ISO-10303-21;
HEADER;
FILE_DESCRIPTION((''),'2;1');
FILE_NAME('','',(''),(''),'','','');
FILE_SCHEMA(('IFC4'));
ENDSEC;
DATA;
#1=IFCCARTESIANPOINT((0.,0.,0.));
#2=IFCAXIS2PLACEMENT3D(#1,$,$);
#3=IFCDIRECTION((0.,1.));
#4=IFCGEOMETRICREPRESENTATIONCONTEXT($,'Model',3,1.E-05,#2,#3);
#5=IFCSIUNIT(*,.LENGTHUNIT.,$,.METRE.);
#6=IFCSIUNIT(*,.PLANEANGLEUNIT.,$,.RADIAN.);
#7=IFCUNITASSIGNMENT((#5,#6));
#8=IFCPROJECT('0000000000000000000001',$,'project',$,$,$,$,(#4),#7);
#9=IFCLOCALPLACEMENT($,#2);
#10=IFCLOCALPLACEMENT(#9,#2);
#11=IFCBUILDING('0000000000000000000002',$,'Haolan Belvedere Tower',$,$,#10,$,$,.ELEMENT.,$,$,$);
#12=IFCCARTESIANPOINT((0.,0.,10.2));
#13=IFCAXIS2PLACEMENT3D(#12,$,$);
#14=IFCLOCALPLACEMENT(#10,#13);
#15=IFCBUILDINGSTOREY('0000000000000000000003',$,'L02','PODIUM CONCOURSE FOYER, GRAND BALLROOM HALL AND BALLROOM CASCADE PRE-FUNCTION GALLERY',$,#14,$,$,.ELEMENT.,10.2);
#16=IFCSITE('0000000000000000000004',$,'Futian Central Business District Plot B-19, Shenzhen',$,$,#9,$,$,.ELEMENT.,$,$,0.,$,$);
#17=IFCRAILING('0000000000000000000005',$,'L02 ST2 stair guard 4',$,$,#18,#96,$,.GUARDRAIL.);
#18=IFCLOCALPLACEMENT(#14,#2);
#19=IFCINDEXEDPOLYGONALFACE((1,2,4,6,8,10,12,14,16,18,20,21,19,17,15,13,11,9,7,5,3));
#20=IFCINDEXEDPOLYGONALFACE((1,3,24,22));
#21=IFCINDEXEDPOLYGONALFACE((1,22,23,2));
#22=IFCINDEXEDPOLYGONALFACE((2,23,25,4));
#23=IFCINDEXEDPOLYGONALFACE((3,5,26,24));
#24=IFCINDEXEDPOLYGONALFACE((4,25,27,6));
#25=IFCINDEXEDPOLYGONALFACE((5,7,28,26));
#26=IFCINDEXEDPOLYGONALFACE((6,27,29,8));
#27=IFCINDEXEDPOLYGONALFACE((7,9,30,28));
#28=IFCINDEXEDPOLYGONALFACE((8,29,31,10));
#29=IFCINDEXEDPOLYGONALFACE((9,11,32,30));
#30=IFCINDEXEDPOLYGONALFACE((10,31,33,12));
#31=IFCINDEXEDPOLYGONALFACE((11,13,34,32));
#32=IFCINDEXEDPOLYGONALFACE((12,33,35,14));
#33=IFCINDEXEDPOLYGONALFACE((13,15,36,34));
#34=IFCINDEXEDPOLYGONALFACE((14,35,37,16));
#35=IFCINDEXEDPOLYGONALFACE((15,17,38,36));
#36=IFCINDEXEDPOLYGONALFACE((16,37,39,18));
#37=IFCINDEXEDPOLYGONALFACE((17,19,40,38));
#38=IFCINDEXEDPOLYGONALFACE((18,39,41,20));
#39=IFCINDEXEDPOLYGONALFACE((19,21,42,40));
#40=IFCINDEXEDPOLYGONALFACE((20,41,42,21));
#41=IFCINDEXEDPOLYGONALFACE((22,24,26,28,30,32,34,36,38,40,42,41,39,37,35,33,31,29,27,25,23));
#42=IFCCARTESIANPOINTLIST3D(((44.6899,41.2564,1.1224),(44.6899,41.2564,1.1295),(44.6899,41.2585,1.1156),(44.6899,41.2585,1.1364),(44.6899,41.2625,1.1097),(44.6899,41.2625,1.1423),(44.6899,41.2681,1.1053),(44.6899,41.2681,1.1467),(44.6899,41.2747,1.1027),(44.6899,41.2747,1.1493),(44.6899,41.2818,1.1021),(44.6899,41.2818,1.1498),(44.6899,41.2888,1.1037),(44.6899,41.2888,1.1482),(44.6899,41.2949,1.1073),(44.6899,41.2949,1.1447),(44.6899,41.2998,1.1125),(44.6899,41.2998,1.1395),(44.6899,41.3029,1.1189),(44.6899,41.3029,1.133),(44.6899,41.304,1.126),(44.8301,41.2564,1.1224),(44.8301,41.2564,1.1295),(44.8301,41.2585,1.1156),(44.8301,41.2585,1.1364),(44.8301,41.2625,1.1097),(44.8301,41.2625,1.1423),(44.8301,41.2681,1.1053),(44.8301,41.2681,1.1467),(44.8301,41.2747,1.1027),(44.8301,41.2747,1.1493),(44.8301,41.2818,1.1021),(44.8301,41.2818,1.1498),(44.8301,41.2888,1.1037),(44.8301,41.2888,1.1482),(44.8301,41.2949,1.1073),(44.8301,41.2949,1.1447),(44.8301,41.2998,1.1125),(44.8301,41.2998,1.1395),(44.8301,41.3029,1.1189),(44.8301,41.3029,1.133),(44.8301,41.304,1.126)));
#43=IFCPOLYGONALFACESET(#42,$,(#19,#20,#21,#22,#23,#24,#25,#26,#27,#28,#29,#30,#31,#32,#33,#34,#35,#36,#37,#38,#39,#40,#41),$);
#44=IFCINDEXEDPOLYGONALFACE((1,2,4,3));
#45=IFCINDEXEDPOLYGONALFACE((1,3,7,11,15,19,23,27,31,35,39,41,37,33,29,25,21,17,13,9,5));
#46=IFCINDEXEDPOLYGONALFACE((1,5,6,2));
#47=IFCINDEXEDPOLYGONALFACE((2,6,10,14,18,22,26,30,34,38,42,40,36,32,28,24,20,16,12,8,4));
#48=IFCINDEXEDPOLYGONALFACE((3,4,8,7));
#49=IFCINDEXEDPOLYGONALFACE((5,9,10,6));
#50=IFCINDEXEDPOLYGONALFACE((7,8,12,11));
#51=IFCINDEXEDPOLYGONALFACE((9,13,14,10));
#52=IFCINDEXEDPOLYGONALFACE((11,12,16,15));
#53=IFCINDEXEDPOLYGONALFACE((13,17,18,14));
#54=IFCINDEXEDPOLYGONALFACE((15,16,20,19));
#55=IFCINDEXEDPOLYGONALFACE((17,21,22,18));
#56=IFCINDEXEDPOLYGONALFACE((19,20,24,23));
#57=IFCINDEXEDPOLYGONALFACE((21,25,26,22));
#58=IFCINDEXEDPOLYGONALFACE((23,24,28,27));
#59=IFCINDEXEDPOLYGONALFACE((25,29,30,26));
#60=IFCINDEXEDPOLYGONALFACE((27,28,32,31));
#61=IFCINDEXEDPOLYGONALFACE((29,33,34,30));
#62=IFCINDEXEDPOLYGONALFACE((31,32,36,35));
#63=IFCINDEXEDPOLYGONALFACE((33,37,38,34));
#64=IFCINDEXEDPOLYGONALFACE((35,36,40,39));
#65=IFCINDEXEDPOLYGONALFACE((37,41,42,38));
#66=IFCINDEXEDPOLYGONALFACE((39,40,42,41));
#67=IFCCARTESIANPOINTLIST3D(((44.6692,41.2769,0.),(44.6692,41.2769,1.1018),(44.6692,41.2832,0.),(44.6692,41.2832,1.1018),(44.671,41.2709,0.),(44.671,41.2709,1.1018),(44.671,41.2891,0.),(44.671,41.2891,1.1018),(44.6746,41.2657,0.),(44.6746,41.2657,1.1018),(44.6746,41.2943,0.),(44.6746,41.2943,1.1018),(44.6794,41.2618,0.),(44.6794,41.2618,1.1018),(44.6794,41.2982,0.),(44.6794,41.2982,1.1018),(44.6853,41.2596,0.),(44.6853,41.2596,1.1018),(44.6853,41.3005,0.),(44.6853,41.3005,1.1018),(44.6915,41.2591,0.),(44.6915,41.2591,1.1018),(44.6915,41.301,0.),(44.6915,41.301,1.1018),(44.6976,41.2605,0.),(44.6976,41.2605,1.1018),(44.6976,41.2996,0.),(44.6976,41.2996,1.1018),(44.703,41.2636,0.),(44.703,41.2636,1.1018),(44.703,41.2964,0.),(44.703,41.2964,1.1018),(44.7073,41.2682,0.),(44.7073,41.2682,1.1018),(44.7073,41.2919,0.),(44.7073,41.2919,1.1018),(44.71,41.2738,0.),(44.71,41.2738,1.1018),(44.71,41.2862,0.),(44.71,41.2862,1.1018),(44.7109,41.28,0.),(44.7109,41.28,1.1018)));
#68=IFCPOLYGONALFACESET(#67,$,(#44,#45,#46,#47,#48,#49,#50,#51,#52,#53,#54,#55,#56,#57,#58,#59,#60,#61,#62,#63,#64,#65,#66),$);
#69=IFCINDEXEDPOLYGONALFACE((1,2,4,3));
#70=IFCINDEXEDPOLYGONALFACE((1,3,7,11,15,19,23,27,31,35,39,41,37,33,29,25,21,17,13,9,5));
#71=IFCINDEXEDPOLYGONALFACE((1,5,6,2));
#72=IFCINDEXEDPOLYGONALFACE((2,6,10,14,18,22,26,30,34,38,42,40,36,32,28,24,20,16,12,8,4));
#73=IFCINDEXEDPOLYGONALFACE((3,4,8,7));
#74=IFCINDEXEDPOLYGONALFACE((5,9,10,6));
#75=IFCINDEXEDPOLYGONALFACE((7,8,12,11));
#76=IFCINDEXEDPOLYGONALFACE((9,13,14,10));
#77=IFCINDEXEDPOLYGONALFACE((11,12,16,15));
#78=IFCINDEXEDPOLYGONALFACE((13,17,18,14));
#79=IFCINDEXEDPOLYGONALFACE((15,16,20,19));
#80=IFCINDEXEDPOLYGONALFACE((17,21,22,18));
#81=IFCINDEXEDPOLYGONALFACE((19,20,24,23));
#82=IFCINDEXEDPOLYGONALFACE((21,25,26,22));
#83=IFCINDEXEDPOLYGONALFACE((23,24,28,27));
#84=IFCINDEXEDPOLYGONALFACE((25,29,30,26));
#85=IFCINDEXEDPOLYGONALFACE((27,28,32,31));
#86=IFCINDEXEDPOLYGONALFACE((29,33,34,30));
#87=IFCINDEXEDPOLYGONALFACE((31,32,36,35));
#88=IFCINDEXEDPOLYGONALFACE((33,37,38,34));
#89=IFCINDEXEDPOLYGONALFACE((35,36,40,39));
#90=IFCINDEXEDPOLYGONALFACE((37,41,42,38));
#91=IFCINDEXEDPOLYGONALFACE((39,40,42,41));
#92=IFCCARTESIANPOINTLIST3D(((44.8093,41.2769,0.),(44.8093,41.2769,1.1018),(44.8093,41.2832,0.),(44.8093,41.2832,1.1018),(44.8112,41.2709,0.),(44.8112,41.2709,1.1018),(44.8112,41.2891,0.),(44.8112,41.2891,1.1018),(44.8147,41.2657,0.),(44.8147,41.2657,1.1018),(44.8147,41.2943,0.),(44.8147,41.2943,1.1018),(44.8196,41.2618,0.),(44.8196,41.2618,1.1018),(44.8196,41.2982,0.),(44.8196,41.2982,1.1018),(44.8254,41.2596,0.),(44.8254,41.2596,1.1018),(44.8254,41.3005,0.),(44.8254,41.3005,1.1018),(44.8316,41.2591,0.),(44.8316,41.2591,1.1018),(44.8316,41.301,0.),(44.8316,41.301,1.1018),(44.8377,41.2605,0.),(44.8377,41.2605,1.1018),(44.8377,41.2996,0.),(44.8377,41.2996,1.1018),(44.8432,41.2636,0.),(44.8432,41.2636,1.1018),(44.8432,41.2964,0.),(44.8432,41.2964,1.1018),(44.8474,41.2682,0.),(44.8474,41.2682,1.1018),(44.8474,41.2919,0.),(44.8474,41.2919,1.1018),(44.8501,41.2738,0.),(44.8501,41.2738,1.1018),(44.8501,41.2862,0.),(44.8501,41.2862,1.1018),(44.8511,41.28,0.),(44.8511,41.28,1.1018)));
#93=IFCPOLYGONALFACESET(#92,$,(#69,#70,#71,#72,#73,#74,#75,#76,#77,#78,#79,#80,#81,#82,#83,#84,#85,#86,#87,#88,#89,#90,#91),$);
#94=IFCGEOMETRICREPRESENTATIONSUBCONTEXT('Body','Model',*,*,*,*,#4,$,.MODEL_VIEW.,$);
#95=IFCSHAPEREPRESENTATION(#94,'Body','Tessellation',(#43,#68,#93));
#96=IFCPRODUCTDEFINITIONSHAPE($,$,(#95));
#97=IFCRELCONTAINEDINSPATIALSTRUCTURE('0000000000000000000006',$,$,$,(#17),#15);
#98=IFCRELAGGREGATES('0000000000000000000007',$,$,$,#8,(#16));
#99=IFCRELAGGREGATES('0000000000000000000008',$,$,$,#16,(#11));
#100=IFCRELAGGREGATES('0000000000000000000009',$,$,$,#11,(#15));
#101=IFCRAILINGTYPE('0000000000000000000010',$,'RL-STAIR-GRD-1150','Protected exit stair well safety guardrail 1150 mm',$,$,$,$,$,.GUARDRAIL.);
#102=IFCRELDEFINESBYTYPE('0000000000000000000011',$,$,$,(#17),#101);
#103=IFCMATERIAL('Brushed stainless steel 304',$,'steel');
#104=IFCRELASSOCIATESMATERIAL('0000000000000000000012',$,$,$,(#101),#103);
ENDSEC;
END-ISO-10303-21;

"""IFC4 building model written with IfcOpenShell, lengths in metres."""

from ifc_helpers import new_model, si_unit, direction, frame, origin, origin_2d, place, context, subcontext, project, spatial, circle, extrude, material, type_object, element, save


model = new_model("IFC4")

# Units and contexts
model_context = context("Model", 3, precision=1e-05, world=origin(), true_north=direction((0.0, 1.0)))
body_context = subcontext(model_context, "Body", "Model", "MODEL_VIEW")
ifc_project = project(units=[si_unit("LENGTHUNIT", "METRE"), si_unit("PLANEANGLEUNIT", "RADIAN")], contexts=[model_context])

# Site, building, storey
site_placement = place(None, origin())
site = spatial("IfcSite", under=ifc_project, at=site_placement, Name="Futian Central Business District Plot B-19, Shenzhen", CompositionType="ELEMENT", RefElevation=0.0)
building_placement = place(site_placement, origin())
building = spatial("IfcBuilding", under=site, at=building_placement, Name="Haolan Belvedere Tower", CompositionType="ELEMENT")
storey_placement = place(building_placement, frame((0.0, 0.0, 10.2)))
storey = spatial("IfcBuildingStorey", under=building, at=storey_placement, Name="L02", Description="PODIUM CONCOURSE FOYER, GRAND BALLROOM HALL AND BALLROOM CASCADE PRE-FUNCTION GALLERY", CompositionType="ELEMENT", Elevation=10.2)

# Railing
ifc_material_1 = material(Name="Brushed stainless steel 304", Category="steel")
railing_type_1 = type_object("IfcRailingType", Name="RL-STAIR-GRD-1150", Description="Protected exit stair well safety guardrail 1150 mm", PredefinedType="GUARDRAIL", material=ifc_material_1)
railing_1_placement = place(storey_placement, frame((44.6899, 41.28, 0.0)))
element("IfcRailing", 1, at=railing_1_placement, inside=storey, type_object=railing_type_1, Name="L02 ST2 stair guard 4", PredefinedType="GUARDRAIL", context=body_context, shape_type="SweptSolid", body=[
    extrude(circle(Radius=0.0239, at=origin_2d()), frame((0.0, 0.0, 1.126), z_axis=(1.0, 0.0, 0.0), x_axis=(0.0, 1.0, 0.0)), (0.0, 0.0, 1.0), 0.1401),
    extrude(circle(Radius=0.021, at=origin_2d()), origin(), (0.0, 0.0, 1.0), 1.1018),
    extrude(circle(Radius=0.021, at=origin_2d()), frame((0.1401, 0.0, 0.0)), (0.0, 0.0, 1.0), 1.1018),
])

save(model, "model.ifc")
